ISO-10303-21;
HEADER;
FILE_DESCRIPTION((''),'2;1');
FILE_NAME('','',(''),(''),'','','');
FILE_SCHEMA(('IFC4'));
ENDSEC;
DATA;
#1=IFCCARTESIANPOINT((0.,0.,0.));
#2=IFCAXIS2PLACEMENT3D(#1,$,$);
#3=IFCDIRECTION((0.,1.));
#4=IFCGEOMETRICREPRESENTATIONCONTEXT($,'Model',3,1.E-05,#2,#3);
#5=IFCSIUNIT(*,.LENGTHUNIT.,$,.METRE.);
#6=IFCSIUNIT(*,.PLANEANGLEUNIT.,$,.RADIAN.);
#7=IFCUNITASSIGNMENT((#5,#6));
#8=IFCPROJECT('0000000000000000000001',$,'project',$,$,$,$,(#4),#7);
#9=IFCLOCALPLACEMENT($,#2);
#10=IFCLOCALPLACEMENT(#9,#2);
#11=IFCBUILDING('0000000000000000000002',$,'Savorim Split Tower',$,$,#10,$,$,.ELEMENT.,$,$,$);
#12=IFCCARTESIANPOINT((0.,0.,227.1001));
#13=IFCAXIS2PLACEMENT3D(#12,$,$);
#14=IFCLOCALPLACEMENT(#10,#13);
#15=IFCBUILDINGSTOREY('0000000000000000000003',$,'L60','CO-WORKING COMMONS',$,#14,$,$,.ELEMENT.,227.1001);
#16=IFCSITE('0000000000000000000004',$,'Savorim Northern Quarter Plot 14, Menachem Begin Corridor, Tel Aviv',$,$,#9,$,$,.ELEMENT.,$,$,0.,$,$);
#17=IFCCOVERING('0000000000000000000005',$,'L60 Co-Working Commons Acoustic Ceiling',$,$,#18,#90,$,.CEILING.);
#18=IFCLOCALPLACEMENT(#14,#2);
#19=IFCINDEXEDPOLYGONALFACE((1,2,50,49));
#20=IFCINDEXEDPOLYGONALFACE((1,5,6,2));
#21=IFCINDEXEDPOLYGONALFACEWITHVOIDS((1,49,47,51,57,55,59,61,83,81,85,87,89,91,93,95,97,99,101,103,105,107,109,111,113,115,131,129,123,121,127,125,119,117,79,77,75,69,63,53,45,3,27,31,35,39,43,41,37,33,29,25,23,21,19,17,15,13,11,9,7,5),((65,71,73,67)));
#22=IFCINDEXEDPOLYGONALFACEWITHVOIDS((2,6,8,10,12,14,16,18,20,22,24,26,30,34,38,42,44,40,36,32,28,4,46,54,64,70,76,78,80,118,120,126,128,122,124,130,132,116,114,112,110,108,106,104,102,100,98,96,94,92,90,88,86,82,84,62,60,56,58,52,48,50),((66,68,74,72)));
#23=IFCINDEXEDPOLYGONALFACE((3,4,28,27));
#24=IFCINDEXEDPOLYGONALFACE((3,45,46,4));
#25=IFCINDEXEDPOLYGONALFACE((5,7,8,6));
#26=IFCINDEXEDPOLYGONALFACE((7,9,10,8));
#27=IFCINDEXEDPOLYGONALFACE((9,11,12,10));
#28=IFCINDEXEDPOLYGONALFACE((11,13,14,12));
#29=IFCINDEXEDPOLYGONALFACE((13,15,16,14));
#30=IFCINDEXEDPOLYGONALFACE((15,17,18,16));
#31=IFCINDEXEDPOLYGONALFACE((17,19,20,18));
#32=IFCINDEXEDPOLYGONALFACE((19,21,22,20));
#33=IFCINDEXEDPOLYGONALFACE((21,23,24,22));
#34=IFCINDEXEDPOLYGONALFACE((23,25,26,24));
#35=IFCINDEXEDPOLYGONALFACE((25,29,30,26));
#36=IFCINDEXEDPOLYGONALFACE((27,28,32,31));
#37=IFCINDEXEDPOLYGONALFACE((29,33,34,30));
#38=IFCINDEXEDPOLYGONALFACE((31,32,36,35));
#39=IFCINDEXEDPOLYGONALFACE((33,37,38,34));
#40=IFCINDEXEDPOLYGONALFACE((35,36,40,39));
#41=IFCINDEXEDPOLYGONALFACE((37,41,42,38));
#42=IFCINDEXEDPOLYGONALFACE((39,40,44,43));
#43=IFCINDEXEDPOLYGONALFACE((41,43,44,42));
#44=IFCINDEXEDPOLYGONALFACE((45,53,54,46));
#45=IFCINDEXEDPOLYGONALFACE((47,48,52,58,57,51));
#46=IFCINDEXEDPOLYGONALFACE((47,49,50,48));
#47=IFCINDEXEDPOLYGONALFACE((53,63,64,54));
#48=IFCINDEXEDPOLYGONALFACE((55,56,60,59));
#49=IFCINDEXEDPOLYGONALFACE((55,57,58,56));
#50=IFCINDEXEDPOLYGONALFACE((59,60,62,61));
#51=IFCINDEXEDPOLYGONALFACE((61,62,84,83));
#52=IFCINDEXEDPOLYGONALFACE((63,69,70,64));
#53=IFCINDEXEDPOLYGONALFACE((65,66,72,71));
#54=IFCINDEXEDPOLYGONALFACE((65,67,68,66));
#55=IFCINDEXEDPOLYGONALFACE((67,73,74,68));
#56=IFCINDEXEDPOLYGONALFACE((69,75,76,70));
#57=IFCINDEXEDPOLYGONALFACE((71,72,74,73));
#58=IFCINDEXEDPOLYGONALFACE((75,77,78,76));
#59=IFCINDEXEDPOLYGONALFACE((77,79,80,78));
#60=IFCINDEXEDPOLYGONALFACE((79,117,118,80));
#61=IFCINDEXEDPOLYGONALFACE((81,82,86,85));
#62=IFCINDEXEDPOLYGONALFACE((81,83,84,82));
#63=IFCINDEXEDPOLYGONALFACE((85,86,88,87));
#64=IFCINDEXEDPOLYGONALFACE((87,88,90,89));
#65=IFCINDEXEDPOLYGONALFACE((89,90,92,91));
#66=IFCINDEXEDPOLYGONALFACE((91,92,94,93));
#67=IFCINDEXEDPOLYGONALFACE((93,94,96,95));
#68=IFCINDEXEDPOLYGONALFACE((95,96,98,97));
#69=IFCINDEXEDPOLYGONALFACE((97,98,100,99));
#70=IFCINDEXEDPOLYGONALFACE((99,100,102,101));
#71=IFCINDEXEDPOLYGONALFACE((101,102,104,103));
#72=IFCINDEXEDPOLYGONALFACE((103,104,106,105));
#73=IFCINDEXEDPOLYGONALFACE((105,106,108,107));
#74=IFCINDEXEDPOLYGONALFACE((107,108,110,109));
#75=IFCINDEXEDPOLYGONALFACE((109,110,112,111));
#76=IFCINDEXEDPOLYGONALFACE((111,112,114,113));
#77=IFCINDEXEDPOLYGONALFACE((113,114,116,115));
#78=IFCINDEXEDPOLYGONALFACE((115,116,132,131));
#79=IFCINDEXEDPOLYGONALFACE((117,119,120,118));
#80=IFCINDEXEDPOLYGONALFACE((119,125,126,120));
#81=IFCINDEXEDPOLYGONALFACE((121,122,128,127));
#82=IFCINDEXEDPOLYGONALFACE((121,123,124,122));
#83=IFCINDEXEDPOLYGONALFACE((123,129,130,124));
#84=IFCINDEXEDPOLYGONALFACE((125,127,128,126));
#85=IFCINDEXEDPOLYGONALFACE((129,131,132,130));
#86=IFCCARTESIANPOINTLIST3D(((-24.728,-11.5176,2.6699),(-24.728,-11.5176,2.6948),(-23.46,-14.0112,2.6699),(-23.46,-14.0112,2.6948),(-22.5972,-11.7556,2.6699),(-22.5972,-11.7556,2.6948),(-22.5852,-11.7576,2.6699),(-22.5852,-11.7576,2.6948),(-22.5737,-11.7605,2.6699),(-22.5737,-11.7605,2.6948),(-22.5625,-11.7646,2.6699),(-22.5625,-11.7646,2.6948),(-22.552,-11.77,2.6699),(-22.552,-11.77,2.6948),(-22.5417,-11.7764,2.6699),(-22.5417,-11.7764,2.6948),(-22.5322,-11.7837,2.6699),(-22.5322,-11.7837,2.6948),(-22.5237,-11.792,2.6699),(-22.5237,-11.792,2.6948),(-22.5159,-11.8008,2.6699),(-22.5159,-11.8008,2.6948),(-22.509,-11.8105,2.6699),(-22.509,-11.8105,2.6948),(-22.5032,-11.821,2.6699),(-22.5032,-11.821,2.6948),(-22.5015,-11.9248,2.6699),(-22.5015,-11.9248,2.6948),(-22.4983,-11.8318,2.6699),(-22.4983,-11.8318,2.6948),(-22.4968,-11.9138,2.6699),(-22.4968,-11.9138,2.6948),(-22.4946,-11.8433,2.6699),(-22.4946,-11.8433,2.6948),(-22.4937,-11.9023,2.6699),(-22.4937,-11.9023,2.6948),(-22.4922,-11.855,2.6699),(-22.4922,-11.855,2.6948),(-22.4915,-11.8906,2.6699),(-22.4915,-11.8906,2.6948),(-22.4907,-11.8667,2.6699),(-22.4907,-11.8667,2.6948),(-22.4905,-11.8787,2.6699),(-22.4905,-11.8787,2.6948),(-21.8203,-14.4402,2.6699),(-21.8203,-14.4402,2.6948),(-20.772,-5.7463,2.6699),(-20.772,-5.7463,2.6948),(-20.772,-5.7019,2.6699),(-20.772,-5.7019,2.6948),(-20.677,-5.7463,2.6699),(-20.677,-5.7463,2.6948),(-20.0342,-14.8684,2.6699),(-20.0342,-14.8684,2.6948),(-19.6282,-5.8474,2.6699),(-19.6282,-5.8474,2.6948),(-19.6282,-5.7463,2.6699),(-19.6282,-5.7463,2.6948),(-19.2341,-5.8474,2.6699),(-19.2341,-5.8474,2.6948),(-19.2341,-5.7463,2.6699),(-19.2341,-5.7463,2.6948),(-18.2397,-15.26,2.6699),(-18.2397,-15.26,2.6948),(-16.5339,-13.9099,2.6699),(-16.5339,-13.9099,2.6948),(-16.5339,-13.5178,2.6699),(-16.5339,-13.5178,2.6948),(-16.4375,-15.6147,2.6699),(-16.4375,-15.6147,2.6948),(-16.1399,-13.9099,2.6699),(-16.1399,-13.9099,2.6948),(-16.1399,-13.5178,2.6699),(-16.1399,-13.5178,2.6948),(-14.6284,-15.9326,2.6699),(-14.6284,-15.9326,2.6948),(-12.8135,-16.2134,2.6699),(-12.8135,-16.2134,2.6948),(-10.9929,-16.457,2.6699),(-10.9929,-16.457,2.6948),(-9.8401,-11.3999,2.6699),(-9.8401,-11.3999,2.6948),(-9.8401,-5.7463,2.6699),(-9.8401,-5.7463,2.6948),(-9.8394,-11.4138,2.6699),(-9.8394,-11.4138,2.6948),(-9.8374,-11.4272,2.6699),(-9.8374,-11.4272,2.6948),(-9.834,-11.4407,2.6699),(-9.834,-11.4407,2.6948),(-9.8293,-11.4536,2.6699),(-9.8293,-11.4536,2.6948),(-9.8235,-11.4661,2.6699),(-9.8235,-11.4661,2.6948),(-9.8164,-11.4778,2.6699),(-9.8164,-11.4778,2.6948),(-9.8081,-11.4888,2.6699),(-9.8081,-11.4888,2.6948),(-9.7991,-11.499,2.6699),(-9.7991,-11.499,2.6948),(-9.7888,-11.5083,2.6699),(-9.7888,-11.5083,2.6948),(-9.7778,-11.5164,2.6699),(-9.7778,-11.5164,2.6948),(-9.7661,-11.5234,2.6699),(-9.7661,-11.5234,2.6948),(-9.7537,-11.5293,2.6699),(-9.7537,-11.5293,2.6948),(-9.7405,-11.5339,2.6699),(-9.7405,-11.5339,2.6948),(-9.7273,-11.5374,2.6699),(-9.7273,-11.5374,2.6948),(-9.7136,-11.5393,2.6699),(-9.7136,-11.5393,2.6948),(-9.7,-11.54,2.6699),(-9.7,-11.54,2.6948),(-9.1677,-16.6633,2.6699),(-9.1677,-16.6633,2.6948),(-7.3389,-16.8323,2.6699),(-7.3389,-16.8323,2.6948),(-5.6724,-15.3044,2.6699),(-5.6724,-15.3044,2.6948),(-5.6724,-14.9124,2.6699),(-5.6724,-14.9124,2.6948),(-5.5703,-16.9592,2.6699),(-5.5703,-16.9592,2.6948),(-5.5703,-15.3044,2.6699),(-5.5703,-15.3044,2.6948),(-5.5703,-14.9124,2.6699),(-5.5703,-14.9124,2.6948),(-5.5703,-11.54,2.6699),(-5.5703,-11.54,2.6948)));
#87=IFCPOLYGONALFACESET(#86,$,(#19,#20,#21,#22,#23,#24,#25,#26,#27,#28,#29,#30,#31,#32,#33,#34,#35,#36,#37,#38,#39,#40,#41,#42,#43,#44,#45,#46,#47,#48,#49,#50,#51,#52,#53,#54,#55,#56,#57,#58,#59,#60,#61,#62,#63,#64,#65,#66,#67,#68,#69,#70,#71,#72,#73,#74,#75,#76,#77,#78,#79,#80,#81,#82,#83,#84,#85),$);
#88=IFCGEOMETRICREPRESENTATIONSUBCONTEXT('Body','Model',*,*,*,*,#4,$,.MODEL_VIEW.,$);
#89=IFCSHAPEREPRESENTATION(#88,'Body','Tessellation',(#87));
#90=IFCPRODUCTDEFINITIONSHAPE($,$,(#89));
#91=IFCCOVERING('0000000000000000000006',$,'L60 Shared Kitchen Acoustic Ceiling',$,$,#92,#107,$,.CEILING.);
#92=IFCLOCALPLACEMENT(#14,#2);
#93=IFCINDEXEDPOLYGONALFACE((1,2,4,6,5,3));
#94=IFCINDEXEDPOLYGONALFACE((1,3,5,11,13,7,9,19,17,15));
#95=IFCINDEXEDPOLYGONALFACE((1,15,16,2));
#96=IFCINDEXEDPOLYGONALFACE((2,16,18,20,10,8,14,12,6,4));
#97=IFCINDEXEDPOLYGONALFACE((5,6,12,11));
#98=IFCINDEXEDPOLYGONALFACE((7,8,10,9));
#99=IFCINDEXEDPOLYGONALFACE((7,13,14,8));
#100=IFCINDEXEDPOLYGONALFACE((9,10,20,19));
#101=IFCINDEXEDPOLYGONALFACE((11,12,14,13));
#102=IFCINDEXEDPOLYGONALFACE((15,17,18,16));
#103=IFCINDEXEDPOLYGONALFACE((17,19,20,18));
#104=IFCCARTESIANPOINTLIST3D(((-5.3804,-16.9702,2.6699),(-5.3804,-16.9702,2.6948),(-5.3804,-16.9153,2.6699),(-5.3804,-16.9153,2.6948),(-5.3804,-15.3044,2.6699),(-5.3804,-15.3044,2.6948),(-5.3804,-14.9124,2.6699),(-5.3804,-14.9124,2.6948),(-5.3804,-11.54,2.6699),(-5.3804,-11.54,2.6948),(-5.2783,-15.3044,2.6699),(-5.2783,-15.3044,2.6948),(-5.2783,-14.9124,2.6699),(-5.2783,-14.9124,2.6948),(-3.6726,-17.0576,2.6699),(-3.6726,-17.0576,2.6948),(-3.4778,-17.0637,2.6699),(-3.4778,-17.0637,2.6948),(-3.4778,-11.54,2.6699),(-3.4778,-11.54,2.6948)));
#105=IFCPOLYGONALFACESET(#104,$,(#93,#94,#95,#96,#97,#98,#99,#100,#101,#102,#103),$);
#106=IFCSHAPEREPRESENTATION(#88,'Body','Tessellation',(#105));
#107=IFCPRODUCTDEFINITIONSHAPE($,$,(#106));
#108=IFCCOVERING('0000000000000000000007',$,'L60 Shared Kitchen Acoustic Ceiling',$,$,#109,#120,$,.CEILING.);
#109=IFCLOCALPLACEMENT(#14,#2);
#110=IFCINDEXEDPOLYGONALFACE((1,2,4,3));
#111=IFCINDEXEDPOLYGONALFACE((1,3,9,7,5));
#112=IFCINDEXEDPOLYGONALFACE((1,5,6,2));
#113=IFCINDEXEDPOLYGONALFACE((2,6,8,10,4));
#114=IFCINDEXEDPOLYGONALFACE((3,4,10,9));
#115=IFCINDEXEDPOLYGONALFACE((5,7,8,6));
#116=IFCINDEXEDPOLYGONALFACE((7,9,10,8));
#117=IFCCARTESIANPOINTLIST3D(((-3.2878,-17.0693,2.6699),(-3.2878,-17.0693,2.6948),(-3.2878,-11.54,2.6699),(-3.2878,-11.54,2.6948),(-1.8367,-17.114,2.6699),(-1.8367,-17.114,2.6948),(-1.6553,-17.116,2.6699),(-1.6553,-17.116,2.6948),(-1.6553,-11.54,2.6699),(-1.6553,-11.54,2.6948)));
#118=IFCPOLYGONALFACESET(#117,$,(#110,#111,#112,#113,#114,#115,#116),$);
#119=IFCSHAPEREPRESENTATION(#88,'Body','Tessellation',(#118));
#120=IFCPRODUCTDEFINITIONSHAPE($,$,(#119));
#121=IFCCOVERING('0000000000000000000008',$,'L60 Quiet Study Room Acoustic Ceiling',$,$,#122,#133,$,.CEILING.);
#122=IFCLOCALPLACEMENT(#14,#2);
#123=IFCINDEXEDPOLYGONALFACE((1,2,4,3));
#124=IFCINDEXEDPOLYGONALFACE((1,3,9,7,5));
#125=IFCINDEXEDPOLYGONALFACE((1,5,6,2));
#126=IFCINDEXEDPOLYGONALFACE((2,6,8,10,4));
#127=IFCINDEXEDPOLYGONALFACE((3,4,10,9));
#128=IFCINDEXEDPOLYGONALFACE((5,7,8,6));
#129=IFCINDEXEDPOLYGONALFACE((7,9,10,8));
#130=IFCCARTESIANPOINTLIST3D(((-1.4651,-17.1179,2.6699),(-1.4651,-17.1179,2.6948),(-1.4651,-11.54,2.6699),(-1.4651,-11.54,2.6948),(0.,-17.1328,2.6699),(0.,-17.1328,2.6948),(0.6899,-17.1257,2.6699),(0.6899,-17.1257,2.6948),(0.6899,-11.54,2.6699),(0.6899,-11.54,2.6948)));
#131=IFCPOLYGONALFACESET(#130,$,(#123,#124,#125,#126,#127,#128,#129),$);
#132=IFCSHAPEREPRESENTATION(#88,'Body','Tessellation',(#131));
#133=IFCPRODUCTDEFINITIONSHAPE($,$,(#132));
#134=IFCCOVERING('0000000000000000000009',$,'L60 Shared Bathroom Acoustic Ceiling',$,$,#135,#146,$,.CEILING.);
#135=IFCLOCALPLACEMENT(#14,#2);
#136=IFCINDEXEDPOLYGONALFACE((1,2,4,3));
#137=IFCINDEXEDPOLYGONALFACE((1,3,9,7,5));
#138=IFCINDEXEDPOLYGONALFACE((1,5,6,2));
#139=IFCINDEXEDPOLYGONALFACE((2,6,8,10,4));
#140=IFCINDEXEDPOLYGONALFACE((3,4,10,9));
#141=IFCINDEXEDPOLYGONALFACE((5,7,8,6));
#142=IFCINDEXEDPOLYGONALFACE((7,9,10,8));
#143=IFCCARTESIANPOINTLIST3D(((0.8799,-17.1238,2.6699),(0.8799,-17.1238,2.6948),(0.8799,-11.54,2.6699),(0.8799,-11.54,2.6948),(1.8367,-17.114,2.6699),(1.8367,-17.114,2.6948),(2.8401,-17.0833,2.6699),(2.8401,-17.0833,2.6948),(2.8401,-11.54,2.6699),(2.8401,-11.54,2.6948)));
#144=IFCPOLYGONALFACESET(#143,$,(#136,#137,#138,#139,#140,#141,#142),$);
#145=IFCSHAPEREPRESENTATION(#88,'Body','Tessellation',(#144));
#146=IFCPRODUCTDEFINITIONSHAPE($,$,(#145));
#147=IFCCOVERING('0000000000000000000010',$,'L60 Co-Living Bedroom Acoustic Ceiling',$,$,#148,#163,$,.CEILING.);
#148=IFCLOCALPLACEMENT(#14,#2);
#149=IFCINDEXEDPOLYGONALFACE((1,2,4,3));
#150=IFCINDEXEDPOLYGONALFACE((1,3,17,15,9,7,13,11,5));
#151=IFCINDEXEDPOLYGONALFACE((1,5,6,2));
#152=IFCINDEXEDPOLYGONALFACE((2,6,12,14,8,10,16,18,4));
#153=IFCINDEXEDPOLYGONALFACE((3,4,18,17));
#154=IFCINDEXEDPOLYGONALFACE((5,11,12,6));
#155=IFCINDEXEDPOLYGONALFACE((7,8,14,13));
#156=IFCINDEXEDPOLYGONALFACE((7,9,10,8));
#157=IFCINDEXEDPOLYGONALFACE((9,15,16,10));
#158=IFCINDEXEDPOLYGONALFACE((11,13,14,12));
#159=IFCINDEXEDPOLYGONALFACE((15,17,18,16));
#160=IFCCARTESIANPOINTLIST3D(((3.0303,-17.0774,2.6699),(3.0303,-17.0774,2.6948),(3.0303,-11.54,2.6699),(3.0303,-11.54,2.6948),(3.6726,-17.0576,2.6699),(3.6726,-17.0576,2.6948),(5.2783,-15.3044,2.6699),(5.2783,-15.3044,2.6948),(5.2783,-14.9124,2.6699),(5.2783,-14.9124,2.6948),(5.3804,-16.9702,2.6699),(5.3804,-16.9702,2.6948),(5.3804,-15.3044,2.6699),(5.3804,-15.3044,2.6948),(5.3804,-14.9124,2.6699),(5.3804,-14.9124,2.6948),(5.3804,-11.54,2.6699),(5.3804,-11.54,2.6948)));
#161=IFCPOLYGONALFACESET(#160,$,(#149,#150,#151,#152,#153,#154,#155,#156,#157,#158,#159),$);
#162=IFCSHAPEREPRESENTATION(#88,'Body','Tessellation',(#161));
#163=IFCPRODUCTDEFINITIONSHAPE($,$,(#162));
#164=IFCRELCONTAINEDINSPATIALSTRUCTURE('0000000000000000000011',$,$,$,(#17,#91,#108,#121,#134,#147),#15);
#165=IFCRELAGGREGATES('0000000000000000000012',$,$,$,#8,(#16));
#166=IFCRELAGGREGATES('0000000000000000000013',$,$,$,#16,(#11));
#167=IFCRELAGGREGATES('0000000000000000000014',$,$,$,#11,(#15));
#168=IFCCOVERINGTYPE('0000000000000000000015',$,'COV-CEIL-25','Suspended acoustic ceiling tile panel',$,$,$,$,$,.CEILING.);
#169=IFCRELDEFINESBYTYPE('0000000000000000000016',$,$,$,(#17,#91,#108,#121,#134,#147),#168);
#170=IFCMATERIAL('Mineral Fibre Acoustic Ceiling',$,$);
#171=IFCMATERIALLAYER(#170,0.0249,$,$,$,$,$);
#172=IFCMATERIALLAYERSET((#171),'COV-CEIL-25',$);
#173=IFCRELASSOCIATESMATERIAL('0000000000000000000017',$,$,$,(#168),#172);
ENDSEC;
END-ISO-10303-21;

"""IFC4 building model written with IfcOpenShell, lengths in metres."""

from ifc_helpers import new_model, si_unit, direction, frame, origin, place, context, subcontext, project, spatial, polyline, outline, extrude, material, layer, layer_set, type_object, element, save


model = new_model("IFC4")

# Units and contexts
model_context = context("Model", 3, precision=1e-05, world=origin(), true_north=direction((0.0, 1.0)))
body_context = subcontext(model_context, "Body", "Model", "MODEL_VIEW")
ifc_project = project(units=[si_unit("LENGTHUNIT", "METRE"), si_unit("PLANEANGLEUNIT", "RADIAN")], contexts=[model_context])

# Site, building, storey
site_placement = place(None, origin())
site = spatial("IfcSite", under=ifc_project, at=site_placement, Name="Savorim Northern Quarter Plot 14, Menachem Begin Corridor, Tel Aviv", CompositionType="ELEMENT", RefElevation=0.0)
building_placement = place(site_placement, origin())
building = spatial("IfcBuilding", under=site, at=building_placement, Name="Savorim Split Tower", CompositionType="ELEMENT")
storey_placement = place(building_placement, frame((0.0, 0.0, 227.1001)))
storey = spatial("IfcBuildingStorey", under=building, at=storey_placement, Name="L60", Description="CO-WORKING COMMONS", CompositionType="ELEMENT", Elevation=227.1001)

# Coverings
ifc_material_1 = material(Name="Mineral Fibre Acoustic Ceiling")
ifc_layer_1 = layer(ifc_material_1, 0.0249)
ifc_layer_set_1 = layer_set([ifc_layer_1], Name="COV-CEIL-25")
covering_type_1 = type_object("IfcCoveringType", Name="COV-CEIL-25", Description="Suspended acoustic ceiling tile panel", PredefinedType="CEILING", material=ifc_layer_set_1)
covering_1_placement = place(storey_placement, frame((0.0, 0.0, 2.6699)))
element("IfcCovering", 1, at=covering_1_placement, inside=storey, type_object=covering_type_1, Name="L60 Co-Working Commons Acoustic Ceiling", PredefinedType="CEILING", context=body_context, shape_type="SweptSolid", body=[
    extrude(outline(polyline([(-22.4907, -11.8667), (-22.4905, -11.8787), (-22.4915, -11.8906), (-22.4937, -11.9023), (-22.4968, -11.9138), (-22.5015, -11.9248), (-23.46, -14.0112), (-21.8203, -14.4402), (-20.0342, -14.8684), (-18.2397, -15.26), (-16.4375, -15.6147), (-14.6284, -15.9326), (-12.8135, -16.2134), (-10.9929, -16.457), (-9.1677, -16.6633), (-7.3389, -16.8323), (-5.5703, -16.9592), (-5.5703, -15.3044), (-5.6724, -15.3044), (-5.6724, -14.9124), (-5.5703, -14.9124), (-5.5703, -11.54), (-9.7, -11.54), (-9.7136, -11.5393), (-9.7273, -11.5374), (-9.7405, -11.5339), (-9.7537, -11.5293), (-9.7661, -11.5234), (-9.7778, -11.5164), (-9.7888, -11.5083), (-9.7991, -11.499), (-9.8081, -11.4888), (-9.8164, -11.4778), (-9.8235, -11.4661), (-9.8293, -11.4536), (-9.834, -11.4407), (-9.8374, -11.4272), (-9.8394, -11.4138), (-9.8401, -11.3999), (-9.8401, -5.7463), (-19.2341, -5.7463), (-19.2341, -5.8474), (-19.6282, -5.8474), (-19.6282, -5.7463), (-20.677, -5.7463), (-20.772, -5.7463), (-20.772, -5.7019), (-24.728, -11.5176), (-22.5972, -11.7556), (-22.5852, -11.7576), (-22.5737, -11.7605), (-22.5625, -11.7646), (-22.552, -11.77), (-22.5417, -11.7764), (-22.5322, -11.7837), (-22.5237, -11.792), (-22.5159, -11.8008), (-22.509, -11.8105), (-22.5032, -11.821), (-22.4983, -11.8318), (-22.4946, -11.8433), (-22.4922, -11.855), (-22.4907, -11.8667)]), holes=[polyline([(-16.5339, -13.9099), (-16.1399, -13.9099), (-16.1399, -13.5178), (-16.5339, -13.5178), (-16.5339, -13.9099)])]), origin(), (0.0, 0.0, 1.0), 0.0249),
])
covering_2_placement = place(storey_placement, frame((0.0, 0.0, 2.6699)))
element("IfcCovering", 2, at=covering_2_placement, inside=storey, type_object=covering_type_1, Name="L60 Shared Kitchen Acoustic Ceiling", PredefinedType="CEILING", context=body_context, shape_type="SweptSolid", body=[
    extrude(outline(polyline([(-5.3804, -16.9153), (-5.3804, -16.9702), (-3.6726, -17.0576), (-3.4778, -17.0637), (-3.4778, -11.54), (-5.3804, -11.54), (-5.3804, -14.9124), (-5.2783, -14.9124), (-5.2783, -15.3044), (-5.3804, -15.3044), (-5.3804, -16.9153)])), origin(), (0.0, 0.0, 1.0), 0.0249),
])
covering_3_placement = place(storey_placement, frame((0.0, 0.0, 2.6699)))
element("IfcCovering", 3, at=covering_3_placement, inside=storey, type_object=covering_type_1, Name="L60 Shared Kitchen Acoustic Ceiling", PredefinedType="CEILING", context=body_context, shape_type="SweptSolid", body=[
    extrude(outline(polyline([(-3.2878, -11.54), (-3.2878, -17.0693), (-1.8367, -17.114), (-1.6553, -17.116), (-1.6553, -11.54), (-3.2878, -11.54)])), origin(), (0.0, 0.0, 1.0), 0.0249),
])
covering_4_placement = place(storey_placement, frame((0.0, 0.0, 2.6699)))
element("IfcCovering", 4, at=covering_4_placement, inside=storey, type_object=covering_type_1, Name="L60 Quiet Study Room Acoustic Ceiling", PredefinedType="CEILING", context=body_context, shape_type="SweptSolid", body=[
    extrude(outline(polyline([(-1.4651, -11.54), (-1.4651, -17.1179), (0.0, -17.1328), (0.6899, -17.1257), (0.6899, -11.54), (-1.4651, -11.54)])), origin(), (0.0, 0.0, 1.0), 0.0249),
])
covering_5_placement = place(storey_placement, frame((0.0, 0.0, 2.6699)))
element("IfcCovering", 5, at=covering_5_placement, inside=storey, type_object=covering_type_1, Name="L60 Shared Bathroom Acoustic Ceiling", PredefinedType="CEILING", context=body_context, shape_type="SweptSolid", body=[
    extrude(outline(polyline([(0.8799, -11.54), (0.8799, -17.1238), (1.8367, -17.114), (2.8401, -17.0833), (2.8401, -11.54), (0.8799, -11.54)])), origin(), (0.0, 0.0, 1.0), 0.0249),
])
covering_6_placement = place(storey_placement, frame((0.0, 0.0, 2.6699)))
element("IfcCovering", 6, at=covering_6_placement, inside=storey, type_object=covering_type_1, Name="L60 Co-Living Bedroom Acoustic Ceiling", PredefinedType="CEILING", context=body_context, shape_type="SweptSolid", body=[
    extrude(outline(polyline([(5.3804, -11.54), (3.0303, -11.54), (3.0303, -17.0774), (3.6726, -17.0576), (5.3804, -16.9702), (5.3804, -15.3044), (5.2783, -15.3044), (5.2783, -14.9124), (5.3804, -14.9124), (5.3804, -11.54)])), origin(), (0.0, 0.0, 1.0), 0.0249),
])

save(model, "model.ifc")
